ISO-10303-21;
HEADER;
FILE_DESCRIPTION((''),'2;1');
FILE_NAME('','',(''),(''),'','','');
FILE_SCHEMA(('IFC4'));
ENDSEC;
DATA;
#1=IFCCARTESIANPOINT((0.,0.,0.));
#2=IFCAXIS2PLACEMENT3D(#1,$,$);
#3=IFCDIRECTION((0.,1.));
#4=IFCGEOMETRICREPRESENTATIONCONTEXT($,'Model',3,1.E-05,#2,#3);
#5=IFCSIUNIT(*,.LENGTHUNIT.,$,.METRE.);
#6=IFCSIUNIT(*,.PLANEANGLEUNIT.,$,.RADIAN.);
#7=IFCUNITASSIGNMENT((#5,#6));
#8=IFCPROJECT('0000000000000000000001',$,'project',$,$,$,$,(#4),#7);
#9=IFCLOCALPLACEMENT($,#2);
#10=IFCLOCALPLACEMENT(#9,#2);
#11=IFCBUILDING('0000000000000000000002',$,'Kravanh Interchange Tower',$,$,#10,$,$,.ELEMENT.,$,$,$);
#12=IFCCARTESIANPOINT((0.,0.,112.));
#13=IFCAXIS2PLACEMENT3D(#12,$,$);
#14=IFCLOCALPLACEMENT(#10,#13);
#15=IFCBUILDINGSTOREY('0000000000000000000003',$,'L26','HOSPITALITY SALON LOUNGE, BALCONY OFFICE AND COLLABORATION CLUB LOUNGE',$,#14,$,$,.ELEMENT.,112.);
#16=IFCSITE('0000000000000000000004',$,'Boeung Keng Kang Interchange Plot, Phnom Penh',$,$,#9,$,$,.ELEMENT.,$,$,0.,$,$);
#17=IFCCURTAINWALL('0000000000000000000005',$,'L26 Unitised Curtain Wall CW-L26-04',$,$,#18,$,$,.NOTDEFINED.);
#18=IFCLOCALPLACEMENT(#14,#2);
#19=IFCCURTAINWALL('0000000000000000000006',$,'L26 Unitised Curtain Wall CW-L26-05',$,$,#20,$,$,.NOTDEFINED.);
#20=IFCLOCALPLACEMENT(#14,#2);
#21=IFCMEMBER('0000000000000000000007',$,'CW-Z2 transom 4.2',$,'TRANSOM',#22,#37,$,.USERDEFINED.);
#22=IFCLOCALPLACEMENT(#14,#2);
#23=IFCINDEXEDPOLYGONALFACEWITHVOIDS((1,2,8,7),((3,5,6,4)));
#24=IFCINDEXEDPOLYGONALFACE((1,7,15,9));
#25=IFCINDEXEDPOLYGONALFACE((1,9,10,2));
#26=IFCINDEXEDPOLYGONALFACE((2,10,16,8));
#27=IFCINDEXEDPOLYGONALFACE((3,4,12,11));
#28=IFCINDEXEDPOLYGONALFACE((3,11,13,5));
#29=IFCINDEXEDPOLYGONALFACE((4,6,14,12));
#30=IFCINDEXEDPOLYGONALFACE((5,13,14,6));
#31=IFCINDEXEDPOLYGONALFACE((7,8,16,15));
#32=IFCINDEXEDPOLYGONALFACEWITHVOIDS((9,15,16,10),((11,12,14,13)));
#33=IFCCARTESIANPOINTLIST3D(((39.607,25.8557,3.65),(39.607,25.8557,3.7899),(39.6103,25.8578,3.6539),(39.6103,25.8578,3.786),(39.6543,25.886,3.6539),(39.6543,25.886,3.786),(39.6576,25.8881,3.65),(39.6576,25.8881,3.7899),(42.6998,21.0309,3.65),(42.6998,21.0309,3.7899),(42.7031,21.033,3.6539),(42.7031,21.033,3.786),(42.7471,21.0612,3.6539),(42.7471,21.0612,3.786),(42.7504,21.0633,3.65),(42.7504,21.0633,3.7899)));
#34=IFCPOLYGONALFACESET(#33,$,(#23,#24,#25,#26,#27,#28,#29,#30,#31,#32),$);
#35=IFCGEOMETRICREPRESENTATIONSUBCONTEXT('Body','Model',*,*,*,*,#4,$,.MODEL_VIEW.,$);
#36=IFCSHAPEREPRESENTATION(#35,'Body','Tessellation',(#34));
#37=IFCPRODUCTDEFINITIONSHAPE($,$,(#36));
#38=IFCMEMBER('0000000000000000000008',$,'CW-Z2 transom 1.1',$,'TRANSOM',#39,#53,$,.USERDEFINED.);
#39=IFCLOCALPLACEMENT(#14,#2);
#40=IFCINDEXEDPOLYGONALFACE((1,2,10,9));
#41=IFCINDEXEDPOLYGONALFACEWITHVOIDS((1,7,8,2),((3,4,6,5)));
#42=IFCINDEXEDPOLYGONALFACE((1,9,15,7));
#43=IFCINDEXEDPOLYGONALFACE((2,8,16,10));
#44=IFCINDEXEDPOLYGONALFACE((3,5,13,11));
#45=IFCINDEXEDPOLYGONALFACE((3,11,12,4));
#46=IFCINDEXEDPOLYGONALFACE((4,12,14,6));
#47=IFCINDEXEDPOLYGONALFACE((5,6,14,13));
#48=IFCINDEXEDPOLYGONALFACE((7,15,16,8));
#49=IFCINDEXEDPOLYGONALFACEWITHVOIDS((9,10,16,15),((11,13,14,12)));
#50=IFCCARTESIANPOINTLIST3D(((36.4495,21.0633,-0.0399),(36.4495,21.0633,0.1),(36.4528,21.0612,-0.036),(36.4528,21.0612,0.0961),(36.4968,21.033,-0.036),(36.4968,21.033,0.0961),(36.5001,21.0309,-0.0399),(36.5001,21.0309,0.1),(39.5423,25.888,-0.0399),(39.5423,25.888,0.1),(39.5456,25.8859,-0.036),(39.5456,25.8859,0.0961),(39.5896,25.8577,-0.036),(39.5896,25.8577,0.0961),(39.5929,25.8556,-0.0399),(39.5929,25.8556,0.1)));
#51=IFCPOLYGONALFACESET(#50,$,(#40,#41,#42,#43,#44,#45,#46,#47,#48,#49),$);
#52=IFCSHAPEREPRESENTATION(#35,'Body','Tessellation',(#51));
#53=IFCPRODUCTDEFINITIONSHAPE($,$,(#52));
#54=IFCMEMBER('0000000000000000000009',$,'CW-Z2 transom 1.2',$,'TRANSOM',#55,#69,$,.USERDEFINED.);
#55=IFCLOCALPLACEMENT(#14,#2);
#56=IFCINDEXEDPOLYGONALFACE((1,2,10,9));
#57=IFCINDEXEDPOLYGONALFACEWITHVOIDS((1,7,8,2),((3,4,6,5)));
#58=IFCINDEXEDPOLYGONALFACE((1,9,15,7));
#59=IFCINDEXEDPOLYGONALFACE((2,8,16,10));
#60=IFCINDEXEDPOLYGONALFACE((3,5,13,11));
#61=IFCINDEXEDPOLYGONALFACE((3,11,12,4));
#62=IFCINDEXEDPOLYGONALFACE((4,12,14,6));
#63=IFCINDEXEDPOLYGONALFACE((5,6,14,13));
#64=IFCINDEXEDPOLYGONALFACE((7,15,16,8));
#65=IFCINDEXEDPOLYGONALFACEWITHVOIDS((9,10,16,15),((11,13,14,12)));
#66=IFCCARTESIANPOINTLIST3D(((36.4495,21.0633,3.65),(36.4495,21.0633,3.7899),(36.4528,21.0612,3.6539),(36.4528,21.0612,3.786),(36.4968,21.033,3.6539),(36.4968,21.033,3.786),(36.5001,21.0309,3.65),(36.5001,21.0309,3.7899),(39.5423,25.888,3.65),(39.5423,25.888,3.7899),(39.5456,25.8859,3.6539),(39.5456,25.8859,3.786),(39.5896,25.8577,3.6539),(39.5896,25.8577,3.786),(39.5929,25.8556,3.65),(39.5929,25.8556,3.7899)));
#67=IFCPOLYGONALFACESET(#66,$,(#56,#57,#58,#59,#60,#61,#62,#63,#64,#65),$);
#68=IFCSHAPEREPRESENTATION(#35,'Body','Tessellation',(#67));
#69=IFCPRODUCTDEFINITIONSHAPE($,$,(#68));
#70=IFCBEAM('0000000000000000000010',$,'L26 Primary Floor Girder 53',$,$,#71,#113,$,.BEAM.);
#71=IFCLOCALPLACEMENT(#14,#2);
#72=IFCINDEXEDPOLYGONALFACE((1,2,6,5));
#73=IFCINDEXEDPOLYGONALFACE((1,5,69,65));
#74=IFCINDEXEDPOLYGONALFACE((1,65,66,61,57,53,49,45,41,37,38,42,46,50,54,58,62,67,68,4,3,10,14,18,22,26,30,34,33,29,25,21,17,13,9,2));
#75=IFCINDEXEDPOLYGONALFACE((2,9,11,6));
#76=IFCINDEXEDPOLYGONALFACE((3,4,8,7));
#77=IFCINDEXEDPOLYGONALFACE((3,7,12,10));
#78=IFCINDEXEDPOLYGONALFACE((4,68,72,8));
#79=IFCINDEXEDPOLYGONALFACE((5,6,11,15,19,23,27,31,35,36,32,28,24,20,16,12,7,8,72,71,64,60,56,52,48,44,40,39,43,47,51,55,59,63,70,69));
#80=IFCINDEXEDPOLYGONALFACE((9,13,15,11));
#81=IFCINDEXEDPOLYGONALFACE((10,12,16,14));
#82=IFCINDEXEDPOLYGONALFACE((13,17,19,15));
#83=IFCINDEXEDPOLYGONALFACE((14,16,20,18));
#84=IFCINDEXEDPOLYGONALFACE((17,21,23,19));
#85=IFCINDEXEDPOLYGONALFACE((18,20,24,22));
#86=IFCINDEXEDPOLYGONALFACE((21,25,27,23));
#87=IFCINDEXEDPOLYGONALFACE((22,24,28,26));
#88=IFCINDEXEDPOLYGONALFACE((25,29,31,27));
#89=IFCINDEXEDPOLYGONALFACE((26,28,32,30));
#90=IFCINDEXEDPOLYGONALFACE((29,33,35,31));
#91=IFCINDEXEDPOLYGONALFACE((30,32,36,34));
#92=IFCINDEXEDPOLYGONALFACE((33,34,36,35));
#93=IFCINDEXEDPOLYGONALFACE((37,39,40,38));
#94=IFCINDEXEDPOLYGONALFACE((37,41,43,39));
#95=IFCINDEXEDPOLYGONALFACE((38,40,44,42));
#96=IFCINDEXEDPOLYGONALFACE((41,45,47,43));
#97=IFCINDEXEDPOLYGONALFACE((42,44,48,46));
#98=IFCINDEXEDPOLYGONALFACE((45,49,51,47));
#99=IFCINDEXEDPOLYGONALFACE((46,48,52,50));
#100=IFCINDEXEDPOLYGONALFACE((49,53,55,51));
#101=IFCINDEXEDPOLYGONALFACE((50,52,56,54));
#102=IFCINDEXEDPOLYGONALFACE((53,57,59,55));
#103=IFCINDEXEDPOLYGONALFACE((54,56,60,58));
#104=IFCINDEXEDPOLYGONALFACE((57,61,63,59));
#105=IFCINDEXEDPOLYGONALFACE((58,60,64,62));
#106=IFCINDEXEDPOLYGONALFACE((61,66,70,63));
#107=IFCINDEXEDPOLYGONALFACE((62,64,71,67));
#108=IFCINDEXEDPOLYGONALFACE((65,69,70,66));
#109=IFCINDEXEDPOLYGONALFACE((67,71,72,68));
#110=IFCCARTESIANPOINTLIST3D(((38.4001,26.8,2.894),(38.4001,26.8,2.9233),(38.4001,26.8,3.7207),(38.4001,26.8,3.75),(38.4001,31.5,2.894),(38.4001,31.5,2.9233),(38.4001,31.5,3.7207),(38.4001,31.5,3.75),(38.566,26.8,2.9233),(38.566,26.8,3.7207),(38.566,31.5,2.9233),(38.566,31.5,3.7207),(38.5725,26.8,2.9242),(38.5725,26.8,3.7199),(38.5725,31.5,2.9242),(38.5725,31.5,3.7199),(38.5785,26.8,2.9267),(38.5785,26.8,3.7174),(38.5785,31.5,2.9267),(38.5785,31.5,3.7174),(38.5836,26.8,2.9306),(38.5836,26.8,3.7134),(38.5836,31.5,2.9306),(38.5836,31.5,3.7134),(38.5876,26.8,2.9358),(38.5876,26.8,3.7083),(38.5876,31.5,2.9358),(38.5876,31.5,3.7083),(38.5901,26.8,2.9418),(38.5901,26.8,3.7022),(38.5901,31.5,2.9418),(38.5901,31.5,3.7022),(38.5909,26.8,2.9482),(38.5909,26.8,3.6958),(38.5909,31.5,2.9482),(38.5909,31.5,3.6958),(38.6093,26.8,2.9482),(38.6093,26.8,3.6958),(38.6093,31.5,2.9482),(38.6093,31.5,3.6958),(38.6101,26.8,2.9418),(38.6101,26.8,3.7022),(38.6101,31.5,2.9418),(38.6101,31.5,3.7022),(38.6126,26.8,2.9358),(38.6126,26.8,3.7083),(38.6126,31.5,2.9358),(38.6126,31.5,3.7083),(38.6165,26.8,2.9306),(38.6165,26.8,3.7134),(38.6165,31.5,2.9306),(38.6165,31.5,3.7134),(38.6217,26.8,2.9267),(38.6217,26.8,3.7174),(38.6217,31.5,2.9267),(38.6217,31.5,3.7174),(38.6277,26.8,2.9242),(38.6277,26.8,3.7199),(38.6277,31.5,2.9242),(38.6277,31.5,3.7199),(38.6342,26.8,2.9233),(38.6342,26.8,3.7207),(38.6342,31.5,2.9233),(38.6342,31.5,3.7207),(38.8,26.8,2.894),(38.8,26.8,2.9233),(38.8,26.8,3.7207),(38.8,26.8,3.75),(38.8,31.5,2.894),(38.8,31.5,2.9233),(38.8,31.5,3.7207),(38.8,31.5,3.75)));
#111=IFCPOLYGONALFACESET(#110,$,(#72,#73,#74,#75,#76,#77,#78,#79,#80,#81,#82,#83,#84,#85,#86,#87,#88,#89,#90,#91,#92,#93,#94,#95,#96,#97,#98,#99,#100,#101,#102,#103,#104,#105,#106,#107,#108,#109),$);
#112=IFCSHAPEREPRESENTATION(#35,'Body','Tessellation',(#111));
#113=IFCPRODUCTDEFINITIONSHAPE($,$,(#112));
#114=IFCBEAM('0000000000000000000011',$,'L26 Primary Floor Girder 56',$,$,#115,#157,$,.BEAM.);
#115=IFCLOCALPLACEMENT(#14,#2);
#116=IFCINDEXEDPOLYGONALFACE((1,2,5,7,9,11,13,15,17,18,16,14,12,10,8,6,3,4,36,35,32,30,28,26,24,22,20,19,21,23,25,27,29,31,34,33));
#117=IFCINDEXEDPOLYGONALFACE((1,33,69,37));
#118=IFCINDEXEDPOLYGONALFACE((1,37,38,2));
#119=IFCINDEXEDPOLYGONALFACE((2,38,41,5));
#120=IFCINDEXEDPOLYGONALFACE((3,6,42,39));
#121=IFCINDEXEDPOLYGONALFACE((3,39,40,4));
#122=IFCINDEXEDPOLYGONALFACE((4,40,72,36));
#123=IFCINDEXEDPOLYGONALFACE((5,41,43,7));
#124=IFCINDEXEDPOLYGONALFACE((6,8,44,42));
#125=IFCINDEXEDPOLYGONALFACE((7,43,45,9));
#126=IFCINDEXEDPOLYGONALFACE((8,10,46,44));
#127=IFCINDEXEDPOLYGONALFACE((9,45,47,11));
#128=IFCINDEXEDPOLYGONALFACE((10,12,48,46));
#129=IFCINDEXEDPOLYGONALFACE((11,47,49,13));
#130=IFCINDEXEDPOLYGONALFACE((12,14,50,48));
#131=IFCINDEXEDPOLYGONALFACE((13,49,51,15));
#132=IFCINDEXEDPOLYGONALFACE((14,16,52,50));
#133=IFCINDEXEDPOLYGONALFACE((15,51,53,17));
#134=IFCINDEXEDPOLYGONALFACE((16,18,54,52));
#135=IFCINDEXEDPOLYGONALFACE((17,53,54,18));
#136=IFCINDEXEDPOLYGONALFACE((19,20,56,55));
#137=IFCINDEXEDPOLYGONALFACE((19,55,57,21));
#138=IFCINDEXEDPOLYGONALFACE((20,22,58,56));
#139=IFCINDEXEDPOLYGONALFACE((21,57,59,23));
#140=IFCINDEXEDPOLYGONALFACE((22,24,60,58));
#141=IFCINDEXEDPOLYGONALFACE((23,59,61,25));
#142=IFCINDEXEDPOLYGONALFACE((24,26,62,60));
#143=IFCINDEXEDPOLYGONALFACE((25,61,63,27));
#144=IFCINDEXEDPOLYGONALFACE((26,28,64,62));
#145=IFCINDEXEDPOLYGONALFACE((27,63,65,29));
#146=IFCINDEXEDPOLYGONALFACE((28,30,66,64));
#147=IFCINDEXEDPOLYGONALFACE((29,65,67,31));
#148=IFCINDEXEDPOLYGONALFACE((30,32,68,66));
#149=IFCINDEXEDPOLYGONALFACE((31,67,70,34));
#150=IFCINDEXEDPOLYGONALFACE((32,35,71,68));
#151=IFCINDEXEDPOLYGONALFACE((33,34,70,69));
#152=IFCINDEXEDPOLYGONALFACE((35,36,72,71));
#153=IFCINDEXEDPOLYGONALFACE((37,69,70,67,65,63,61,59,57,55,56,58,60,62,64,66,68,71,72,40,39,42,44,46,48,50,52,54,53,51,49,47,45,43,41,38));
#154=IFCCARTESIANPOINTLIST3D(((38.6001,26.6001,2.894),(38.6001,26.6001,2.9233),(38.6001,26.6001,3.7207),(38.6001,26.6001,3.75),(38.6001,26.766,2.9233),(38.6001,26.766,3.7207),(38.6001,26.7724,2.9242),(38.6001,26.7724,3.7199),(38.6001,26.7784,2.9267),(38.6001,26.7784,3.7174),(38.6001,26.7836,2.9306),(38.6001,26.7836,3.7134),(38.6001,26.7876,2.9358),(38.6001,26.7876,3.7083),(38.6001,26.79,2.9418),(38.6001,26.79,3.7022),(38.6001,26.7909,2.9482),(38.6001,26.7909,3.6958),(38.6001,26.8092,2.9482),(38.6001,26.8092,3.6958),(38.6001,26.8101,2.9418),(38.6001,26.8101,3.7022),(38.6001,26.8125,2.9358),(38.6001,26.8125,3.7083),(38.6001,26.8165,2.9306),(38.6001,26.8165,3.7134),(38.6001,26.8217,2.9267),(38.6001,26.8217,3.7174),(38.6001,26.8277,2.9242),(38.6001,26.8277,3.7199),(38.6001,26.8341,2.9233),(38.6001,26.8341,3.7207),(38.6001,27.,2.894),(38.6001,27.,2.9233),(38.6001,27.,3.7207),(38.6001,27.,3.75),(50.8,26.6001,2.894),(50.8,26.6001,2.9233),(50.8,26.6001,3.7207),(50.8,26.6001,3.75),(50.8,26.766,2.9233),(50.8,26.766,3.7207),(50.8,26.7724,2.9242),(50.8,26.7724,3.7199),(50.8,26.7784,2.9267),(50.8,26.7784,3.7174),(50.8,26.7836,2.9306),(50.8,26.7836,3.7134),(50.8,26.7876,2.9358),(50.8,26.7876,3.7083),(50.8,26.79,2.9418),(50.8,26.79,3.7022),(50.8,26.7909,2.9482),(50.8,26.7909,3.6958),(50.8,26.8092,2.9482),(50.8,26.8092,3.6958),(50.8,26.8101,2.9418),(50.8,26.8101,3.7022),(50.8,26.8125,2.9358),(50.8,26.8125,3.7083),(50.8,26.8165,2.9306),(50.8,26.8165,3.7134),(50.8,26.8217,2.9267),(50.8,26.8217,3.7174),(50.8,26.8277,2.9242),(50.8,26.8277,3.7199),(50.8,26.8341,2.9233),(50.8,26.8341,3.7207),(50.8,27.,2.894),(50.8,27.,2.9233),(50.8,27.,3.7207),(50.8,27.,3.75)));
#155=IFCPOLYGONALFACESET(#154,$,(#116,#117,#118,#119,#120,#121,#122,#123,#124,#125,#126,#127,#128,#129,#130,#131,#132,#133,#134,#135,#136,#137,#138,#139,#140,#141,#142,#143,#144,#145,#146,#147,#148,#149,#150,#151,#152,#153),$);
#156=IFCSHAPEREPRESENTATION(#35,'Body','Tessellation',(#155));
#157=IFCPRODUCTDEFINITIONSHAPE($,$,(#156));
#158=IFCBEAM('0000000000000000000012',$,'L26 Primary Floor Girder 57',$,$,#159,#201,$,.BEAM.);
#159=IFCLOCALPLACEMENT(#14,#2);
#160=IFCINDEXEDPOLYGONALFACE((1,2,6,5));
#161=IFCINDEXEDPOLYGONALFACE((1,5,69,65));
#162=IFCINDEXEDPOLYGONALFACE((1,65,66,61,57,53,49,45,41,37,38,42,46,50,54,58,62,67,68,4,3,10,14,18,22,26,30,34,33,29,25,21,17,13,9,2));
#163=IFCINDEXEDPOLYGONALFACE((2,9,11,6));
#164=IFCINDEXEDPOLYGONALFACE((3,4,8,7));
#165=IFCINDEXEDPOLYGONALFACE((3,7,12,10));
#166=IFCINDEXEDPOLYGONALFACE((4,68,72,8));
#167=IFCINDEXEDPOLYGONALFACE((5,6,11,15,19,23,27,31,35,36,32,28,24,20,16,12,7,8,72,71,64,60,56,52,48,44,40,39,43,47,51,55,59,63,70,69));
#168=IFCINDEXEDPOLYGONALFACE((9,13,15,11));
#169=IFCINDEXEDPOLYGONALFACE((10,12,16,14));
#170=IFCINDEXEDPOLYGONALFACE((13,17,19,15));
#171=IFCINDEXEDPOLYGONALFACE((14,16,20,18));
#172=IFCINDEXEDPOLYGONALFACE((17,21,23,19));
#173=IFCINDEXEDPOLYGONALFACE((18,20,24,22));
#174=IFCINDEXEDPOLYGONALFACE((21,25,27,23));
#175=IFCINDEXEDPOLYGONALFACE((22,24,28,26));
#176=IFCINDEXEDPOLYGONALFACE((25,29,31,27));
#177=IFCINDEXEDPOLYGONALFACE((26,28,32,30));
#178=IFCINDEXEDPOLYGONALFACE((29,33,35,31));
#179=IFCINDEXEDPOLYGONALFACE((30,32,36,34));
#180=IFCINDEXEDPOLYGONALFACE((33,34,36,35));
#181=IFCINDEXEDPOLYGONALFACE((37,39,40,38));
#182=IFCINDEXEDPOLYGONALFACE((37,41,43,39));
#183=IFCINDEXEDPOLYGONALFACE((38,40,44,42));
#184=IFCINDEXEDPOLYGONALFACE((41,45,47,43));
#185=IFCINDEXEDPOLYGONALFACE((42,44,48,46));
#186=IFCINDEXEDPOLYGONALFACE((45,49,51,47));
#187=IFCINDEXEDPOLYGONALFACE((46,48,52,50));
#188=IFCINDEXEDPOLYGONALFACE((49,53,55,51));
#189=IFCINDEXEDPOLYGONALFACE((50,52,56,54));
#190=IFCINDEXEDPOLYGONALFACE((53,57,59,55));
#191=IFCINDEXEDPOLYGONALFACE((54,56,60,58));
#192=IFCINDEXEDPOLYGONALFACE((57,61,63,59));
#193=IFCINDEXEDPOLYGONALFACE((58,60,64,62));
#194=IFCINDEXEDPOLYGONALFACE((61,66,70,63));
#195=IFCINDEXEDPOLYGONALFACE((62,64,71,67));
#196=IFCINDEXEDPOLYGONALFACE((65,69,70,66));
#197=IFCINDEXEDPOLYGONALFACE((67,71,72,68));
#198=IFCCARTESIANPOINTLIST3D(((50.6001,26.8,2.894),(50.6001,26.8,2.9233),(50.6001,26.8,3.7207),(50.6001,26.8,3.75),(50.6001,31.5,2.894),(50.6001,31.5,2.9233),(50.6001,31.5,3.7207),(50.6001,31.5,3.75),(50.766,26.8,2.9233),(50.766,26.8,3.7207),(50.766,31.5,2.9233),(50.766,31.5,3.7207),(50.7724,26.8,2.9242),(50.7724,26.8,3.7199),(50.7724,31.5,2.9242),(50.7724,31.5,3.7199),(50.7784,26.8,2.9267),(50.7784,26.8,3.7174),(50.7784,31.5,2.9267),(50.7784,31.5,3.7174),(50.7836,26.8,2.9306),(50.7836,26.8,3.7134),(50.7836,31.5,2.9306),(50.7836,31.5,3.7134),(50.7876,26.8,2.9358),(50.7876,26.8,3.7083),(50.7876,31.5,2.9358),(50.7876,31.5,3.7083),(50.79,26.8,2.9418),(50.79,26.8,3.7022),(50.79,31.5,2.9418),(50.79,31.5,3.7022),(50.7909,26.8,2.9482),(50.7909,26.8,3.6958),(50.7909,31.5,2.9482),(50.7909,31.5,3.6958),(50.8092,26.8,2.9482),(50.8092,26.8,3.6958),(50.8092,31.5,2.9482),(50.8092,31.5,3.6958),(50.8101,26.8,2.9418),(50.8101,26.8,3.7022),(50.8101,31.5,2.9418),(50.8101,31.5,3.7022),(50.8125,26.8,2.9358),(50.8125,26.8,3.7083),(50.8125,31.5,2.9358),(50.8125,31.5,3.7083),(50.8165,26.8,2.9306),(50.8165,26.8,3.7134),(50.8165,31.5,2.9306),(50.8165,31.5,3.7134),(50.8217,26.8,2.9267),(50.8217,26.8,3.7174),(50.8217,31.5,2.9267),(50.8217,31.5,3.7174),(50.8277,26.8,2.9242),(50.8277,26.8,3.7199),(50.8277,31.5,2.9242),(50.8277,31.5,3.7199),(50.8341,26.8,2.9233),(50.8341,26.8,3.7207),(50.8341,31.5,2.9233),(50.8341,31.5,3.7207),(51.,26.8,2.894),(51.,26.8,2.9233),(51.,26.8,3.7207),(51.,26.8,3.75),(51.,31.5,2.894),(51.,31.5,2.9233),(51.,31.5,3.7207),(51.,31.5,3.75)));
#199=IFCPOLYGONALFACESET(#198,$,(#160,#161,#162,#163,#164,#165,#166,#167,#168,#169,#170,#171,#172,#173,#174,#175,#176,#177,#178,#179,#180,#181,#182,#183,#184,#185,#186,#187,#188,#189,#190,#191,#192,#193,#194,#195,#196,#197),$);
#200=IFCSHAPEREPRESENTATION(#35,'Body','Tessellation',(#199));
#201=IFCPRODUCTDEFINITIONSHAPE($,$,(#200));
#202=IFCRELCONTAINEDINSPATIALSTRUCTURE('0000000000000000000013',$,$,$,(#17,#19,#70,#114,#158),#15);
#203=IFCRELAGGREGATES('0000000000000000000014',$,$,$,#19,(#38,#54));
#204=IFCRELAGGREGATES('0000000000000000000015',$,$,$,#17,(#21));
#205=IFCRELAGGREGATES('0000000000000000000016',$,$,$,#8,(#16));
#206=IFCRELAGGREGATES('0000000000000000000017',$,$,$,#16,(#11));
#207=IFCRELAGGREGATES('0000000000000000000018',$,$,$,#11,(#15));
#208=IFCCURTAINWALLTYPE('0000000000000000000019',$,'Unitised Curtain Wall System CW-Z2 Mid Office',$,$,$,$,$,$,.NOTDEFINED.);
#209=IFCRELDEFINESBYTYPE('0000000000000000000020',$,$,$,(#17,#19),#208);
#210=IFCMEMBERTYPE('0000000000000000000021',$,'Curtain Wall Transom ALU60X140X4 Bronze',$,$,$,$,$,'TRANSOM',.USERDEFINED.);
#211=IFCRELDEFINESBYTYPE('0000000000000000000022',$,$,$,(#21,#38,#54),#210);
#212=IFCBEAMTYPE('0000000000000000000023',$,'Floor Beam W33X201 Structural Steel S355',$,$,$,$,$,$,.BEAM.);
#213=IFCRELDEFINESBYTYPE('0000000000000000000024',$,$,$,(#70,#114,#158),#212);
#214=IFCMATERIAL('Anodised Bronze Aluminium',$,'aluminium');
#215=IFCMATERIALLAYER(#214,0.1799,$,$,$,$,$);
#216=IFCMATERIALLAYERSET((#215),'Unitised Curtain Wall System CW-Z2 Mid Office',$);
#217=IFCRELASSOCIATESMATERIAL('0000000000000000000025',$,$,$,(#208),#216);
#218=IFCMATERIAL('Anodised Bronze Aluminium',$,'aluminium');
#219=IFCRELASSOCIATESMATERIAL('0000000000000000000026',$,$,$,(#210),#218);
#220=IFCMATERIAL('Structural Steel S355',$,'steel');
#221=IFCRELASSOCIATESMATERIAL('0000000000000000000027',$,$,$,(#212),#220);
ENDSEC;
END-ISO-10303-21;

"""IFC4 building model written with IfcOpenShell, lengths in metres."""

from ifc_helpers import new_model, si_unit, direction, frame, origin, origin_2d, place, context, subcontext, project, spatial, hollow_rectangle, i_section, extrude, material, layer, layer_set, material_profile, profile_set, type_object, element, aggregate, save


model = new_model("IFC4")

# Units and contexts
model_context = context("Model", 3, precision=1e-05, world=origin(), true_north=direction((0.0, 1.0)))
body_context = subcontext(model_context, "Body", "Model", "MODEL_VIEW")
ifc_project = project(units=[si_unit("LENGTHUNIT", "METRE"), si_unit("PLANEANGLEUNIT", "RADIAN")], contexts=[model_context])

# Site, building, storey
site_placement = place(None, origin())
site = spatial("IfcSite", under=ifc_project, at=site_placement, Name="Boeung Keng Kang Interchange Plot, Phnom Penh", CompositionType="ELEMENT", RefElevation=0.0)
building_placement = place(site_placement, origin())
building = spatial("IfcBuilding", under=site, at=building_placement, Name="Kravanh Interchange Tower", CompositionType="ELEMENT")
storey_placement = place(building_placement, frame((0.0, 0.0, 112.0)))
storey = spatial("IfcBuildingStorey", under=building, at=storey_placement, Name="L26", Description="HOSPITALITY SALON LOUNGE, BALCONY OFFICE AND COLLABORATION CLUB LOUNGE", CompositionType="ELEMENT", Elevation=112.0)

# Curtain wall
ifc_material_1 = material(Name="Anodised Bronze Aluminium", Category="aluminium")
ifc_layer_1 = layer(ifc_material_1, 0.1799)
ifc_layer_set_1 = layer_set([ifc_layer_1], Name="Unitised Curtain Wall System CW-Z2 Mid Office")
curtain_wall_type = type_object("IfcCurtainWallType", Name="Unitised Curtain Wall System CW-Z2 Mid Office", PredefinedType="NOTDEFINED", material=ifc_layer_set_1)
curtain_wall_1_placement = place(storey_placement, origin())
curtain_wall_1 = element("IfcCurtainWall", 1, at=curtain_wall_1_placement, inside=storey, type_object=curtain_wall_type, Name="L26 Unitised Curtain Wall CW-L26-04", PredefinedType="NOTDEFINED")

# Curtain wall
curtain_wall_2_placement = place(storey_placement, origin())
curtain_wall_2 = element("IfcCurtainWall", 2, at=curtain_wall_2_placement, inside=storey, type_object=curtain_wall_type, Name="L26 Unitised Curtain Wall CW-L26-05", PredefinedType="NOTDEFINED")

# Members
ifc_material_2 = material(Name="Anodised Bronze Aluminium", Category="aluminium")
ifc_material_profile_1 = material_profile(ifc_material_2, hollow_rectangle(XDim=0.0601, YDim=0.1399, WallThickness=0.0039, at=origin_2d()), Name="ALU60X140X4")
ifc_profile_set_1 = profile_set([ifc_material_profile_1], Name="Anodised Bronze Aluminium")
member_type_1 = type_object("IfcMemberType", Name="Curtain Wall Transom ALU60X140X4 Bronze", ElementType="TRANSOM", PredefinedType="USERDEFINED", material=ifc_profile_set_1)
member_1_placement = place(storey_placement, frame((42.7251, 21.0471, 3.72), z_axis=(-0.539668, 0.841878, 0.0), x_axis=(-0.841878, -0.539668, 0.0)))
member_1 = element("IfcMember", 3, at=member_1_placement, type_object=member_type_1, Name="CW-Z2 transom 4.2", ObjectType="TRANSOM", PredefinedType="USERDEFINED", context=body_context, shape_type="SweptSolid", body=[
    extrude(hollow_rectangle(XDim=0.0601, YDim=0.1399, WallThickness=0.0039, at=origin_2d()), origin(), (0.0, 0.0, 1.0), 5.731),
])
member_2_placement = place(storey_placement, frame((39.5676, 25.8718, 0.03), z_axis=(-0.539668, -0.841878, 0.0), x_axis=(0.841878, -0.539668, 0.0)))
member_2 = element("IfcMember", 4, at=member_2_placement, type_object=member_type_1, Name="CW-Z2 transom 1.1", ObjectType="TRANSOM", PredefinedType="USERDEFINED", context=body_context, shape_type="SweptSolid", body=[
    extrude(hollow_rectangle(XDim=0.0601, YDim=0.1399, WallThickness=0.0039, at=origin_2d()), origin(), (0.0, 0.0, 1.0), 5.731),
])
member_3_placement = place(storey_placement, frame((39.5676, 25.8718, 3.72), z_axis=(-0.539668, -0.841878, 0.0), x_axis=(0.841878, -0.539668, 0.0)))
member_3 = element("IfcMember", 5, at=member_3_placement, type_object=member_type_1, Name="CW-Z2 transom 1.2", ObjectType="TRANSOM", PredefinedType="USERDEFINED", context=body_context, shape_type="SweptSolid", body=[
    extrude(hollow_rectangle(XDim=0.0601, YDim=0.1399, WallThickness=0.0039, at=origin_2d()), origin(), (0.0, 0.0, 1.0), 5.731),
])
aggregate(curtain_wall_2, [member_2, member_3])

# Beams
ifc_material_3 = material(Name="Structural Steel S355", Category="steel")
ifc_material_profile_2 = material_profile(ifc_material_3, i_section(OverallWidth=0.3999, OverallDepth=0.856, WebThickness=0.0183, FlangeThickness=0.0293, FilletRadius=0.0249, at=origin_2d()), Name="W33X201")
ifc_profile_set_2 = profile_set([ifc_material_profile_2], Name="Structural Steel S355")
beam_type_1 = type_object("IfcBeamType", Name="Floor Beam W33X201 Structural Steel S355", PredefinedType="BEAM", material=ifc_profile_set_2)
beam_1_placement = place(storey_placement, frame((38.6001, 26.8, 3.322), z_axis=(0.0, 1.0, 0.0), x_axis=(-1.0, 0.0, 0.0)))
element("IfcBeam", 6, at=beam_1_placement, inside=storey, type_object=beam_type_1, Name="L26 Primary Floor Girder 53", PredefinedType="BEAM", context=body_context, shape_type="SweptSolid", body=[
    extrude(i_section(OverallWidth=0.3999, OverallDepth=0.856, WebThickness=0.0183, FlangeThickness=0.0293, FilletRadius=0.0249, at=origin_2d()), origin(), (0.0, 0.0, 1.0), 4.7),
])
beam_2_placement = place(storey_placement, frame((38.6001, 26.8, 3.322), z_axis=(1.0, 0.0, 0.0), x_axis=(0.0, 1.0, 0.0)))
element("IfcBeam", 7, at=beam_2_placement, inside=storey, type_object=beam_type_1, Name="L26 Primary Floor Girder 56", PredefinedType="BEAM", context=body_context, shape_type="SweptSolid", body=[
    extrude(i_section(OverallWidth=0.3999, OverallDepth=0.856, WebThickness=0.0183, FlangeThickness=0.0293, FilletRadius=0.0249, at=origin_2d()), origin(), (0.0, 0.0, 1.0), 12.2),
])
beam_3_placement = place(storey_placement, frame((50.8, 26.8, 3.322), z_axis=(0.0, 1.0, 0.0), x_axis=(-1.0, 0.0, 0.0)))
element("IfcBeam", 8, at=beam_3_placement, inside=storey, type_object=beam_type_1, Name="L26 Primary Floor Girder 57", PredefinedType="BEAM", context=body_context, shape_type="SweptSolid", body=[
    extrude(i_section(OverallWidth=0.3999, OverallDepth=0.856, WebThickness=0.0183, FlangeThickness=0.0293, FilletRadius=0.0249, at=origin_2d()), origin(), (0.0, 0.0, 1.0), 4.7),
])

aggregate(curtain_wall_1, [member_1])

save(model, "model.ifc")
